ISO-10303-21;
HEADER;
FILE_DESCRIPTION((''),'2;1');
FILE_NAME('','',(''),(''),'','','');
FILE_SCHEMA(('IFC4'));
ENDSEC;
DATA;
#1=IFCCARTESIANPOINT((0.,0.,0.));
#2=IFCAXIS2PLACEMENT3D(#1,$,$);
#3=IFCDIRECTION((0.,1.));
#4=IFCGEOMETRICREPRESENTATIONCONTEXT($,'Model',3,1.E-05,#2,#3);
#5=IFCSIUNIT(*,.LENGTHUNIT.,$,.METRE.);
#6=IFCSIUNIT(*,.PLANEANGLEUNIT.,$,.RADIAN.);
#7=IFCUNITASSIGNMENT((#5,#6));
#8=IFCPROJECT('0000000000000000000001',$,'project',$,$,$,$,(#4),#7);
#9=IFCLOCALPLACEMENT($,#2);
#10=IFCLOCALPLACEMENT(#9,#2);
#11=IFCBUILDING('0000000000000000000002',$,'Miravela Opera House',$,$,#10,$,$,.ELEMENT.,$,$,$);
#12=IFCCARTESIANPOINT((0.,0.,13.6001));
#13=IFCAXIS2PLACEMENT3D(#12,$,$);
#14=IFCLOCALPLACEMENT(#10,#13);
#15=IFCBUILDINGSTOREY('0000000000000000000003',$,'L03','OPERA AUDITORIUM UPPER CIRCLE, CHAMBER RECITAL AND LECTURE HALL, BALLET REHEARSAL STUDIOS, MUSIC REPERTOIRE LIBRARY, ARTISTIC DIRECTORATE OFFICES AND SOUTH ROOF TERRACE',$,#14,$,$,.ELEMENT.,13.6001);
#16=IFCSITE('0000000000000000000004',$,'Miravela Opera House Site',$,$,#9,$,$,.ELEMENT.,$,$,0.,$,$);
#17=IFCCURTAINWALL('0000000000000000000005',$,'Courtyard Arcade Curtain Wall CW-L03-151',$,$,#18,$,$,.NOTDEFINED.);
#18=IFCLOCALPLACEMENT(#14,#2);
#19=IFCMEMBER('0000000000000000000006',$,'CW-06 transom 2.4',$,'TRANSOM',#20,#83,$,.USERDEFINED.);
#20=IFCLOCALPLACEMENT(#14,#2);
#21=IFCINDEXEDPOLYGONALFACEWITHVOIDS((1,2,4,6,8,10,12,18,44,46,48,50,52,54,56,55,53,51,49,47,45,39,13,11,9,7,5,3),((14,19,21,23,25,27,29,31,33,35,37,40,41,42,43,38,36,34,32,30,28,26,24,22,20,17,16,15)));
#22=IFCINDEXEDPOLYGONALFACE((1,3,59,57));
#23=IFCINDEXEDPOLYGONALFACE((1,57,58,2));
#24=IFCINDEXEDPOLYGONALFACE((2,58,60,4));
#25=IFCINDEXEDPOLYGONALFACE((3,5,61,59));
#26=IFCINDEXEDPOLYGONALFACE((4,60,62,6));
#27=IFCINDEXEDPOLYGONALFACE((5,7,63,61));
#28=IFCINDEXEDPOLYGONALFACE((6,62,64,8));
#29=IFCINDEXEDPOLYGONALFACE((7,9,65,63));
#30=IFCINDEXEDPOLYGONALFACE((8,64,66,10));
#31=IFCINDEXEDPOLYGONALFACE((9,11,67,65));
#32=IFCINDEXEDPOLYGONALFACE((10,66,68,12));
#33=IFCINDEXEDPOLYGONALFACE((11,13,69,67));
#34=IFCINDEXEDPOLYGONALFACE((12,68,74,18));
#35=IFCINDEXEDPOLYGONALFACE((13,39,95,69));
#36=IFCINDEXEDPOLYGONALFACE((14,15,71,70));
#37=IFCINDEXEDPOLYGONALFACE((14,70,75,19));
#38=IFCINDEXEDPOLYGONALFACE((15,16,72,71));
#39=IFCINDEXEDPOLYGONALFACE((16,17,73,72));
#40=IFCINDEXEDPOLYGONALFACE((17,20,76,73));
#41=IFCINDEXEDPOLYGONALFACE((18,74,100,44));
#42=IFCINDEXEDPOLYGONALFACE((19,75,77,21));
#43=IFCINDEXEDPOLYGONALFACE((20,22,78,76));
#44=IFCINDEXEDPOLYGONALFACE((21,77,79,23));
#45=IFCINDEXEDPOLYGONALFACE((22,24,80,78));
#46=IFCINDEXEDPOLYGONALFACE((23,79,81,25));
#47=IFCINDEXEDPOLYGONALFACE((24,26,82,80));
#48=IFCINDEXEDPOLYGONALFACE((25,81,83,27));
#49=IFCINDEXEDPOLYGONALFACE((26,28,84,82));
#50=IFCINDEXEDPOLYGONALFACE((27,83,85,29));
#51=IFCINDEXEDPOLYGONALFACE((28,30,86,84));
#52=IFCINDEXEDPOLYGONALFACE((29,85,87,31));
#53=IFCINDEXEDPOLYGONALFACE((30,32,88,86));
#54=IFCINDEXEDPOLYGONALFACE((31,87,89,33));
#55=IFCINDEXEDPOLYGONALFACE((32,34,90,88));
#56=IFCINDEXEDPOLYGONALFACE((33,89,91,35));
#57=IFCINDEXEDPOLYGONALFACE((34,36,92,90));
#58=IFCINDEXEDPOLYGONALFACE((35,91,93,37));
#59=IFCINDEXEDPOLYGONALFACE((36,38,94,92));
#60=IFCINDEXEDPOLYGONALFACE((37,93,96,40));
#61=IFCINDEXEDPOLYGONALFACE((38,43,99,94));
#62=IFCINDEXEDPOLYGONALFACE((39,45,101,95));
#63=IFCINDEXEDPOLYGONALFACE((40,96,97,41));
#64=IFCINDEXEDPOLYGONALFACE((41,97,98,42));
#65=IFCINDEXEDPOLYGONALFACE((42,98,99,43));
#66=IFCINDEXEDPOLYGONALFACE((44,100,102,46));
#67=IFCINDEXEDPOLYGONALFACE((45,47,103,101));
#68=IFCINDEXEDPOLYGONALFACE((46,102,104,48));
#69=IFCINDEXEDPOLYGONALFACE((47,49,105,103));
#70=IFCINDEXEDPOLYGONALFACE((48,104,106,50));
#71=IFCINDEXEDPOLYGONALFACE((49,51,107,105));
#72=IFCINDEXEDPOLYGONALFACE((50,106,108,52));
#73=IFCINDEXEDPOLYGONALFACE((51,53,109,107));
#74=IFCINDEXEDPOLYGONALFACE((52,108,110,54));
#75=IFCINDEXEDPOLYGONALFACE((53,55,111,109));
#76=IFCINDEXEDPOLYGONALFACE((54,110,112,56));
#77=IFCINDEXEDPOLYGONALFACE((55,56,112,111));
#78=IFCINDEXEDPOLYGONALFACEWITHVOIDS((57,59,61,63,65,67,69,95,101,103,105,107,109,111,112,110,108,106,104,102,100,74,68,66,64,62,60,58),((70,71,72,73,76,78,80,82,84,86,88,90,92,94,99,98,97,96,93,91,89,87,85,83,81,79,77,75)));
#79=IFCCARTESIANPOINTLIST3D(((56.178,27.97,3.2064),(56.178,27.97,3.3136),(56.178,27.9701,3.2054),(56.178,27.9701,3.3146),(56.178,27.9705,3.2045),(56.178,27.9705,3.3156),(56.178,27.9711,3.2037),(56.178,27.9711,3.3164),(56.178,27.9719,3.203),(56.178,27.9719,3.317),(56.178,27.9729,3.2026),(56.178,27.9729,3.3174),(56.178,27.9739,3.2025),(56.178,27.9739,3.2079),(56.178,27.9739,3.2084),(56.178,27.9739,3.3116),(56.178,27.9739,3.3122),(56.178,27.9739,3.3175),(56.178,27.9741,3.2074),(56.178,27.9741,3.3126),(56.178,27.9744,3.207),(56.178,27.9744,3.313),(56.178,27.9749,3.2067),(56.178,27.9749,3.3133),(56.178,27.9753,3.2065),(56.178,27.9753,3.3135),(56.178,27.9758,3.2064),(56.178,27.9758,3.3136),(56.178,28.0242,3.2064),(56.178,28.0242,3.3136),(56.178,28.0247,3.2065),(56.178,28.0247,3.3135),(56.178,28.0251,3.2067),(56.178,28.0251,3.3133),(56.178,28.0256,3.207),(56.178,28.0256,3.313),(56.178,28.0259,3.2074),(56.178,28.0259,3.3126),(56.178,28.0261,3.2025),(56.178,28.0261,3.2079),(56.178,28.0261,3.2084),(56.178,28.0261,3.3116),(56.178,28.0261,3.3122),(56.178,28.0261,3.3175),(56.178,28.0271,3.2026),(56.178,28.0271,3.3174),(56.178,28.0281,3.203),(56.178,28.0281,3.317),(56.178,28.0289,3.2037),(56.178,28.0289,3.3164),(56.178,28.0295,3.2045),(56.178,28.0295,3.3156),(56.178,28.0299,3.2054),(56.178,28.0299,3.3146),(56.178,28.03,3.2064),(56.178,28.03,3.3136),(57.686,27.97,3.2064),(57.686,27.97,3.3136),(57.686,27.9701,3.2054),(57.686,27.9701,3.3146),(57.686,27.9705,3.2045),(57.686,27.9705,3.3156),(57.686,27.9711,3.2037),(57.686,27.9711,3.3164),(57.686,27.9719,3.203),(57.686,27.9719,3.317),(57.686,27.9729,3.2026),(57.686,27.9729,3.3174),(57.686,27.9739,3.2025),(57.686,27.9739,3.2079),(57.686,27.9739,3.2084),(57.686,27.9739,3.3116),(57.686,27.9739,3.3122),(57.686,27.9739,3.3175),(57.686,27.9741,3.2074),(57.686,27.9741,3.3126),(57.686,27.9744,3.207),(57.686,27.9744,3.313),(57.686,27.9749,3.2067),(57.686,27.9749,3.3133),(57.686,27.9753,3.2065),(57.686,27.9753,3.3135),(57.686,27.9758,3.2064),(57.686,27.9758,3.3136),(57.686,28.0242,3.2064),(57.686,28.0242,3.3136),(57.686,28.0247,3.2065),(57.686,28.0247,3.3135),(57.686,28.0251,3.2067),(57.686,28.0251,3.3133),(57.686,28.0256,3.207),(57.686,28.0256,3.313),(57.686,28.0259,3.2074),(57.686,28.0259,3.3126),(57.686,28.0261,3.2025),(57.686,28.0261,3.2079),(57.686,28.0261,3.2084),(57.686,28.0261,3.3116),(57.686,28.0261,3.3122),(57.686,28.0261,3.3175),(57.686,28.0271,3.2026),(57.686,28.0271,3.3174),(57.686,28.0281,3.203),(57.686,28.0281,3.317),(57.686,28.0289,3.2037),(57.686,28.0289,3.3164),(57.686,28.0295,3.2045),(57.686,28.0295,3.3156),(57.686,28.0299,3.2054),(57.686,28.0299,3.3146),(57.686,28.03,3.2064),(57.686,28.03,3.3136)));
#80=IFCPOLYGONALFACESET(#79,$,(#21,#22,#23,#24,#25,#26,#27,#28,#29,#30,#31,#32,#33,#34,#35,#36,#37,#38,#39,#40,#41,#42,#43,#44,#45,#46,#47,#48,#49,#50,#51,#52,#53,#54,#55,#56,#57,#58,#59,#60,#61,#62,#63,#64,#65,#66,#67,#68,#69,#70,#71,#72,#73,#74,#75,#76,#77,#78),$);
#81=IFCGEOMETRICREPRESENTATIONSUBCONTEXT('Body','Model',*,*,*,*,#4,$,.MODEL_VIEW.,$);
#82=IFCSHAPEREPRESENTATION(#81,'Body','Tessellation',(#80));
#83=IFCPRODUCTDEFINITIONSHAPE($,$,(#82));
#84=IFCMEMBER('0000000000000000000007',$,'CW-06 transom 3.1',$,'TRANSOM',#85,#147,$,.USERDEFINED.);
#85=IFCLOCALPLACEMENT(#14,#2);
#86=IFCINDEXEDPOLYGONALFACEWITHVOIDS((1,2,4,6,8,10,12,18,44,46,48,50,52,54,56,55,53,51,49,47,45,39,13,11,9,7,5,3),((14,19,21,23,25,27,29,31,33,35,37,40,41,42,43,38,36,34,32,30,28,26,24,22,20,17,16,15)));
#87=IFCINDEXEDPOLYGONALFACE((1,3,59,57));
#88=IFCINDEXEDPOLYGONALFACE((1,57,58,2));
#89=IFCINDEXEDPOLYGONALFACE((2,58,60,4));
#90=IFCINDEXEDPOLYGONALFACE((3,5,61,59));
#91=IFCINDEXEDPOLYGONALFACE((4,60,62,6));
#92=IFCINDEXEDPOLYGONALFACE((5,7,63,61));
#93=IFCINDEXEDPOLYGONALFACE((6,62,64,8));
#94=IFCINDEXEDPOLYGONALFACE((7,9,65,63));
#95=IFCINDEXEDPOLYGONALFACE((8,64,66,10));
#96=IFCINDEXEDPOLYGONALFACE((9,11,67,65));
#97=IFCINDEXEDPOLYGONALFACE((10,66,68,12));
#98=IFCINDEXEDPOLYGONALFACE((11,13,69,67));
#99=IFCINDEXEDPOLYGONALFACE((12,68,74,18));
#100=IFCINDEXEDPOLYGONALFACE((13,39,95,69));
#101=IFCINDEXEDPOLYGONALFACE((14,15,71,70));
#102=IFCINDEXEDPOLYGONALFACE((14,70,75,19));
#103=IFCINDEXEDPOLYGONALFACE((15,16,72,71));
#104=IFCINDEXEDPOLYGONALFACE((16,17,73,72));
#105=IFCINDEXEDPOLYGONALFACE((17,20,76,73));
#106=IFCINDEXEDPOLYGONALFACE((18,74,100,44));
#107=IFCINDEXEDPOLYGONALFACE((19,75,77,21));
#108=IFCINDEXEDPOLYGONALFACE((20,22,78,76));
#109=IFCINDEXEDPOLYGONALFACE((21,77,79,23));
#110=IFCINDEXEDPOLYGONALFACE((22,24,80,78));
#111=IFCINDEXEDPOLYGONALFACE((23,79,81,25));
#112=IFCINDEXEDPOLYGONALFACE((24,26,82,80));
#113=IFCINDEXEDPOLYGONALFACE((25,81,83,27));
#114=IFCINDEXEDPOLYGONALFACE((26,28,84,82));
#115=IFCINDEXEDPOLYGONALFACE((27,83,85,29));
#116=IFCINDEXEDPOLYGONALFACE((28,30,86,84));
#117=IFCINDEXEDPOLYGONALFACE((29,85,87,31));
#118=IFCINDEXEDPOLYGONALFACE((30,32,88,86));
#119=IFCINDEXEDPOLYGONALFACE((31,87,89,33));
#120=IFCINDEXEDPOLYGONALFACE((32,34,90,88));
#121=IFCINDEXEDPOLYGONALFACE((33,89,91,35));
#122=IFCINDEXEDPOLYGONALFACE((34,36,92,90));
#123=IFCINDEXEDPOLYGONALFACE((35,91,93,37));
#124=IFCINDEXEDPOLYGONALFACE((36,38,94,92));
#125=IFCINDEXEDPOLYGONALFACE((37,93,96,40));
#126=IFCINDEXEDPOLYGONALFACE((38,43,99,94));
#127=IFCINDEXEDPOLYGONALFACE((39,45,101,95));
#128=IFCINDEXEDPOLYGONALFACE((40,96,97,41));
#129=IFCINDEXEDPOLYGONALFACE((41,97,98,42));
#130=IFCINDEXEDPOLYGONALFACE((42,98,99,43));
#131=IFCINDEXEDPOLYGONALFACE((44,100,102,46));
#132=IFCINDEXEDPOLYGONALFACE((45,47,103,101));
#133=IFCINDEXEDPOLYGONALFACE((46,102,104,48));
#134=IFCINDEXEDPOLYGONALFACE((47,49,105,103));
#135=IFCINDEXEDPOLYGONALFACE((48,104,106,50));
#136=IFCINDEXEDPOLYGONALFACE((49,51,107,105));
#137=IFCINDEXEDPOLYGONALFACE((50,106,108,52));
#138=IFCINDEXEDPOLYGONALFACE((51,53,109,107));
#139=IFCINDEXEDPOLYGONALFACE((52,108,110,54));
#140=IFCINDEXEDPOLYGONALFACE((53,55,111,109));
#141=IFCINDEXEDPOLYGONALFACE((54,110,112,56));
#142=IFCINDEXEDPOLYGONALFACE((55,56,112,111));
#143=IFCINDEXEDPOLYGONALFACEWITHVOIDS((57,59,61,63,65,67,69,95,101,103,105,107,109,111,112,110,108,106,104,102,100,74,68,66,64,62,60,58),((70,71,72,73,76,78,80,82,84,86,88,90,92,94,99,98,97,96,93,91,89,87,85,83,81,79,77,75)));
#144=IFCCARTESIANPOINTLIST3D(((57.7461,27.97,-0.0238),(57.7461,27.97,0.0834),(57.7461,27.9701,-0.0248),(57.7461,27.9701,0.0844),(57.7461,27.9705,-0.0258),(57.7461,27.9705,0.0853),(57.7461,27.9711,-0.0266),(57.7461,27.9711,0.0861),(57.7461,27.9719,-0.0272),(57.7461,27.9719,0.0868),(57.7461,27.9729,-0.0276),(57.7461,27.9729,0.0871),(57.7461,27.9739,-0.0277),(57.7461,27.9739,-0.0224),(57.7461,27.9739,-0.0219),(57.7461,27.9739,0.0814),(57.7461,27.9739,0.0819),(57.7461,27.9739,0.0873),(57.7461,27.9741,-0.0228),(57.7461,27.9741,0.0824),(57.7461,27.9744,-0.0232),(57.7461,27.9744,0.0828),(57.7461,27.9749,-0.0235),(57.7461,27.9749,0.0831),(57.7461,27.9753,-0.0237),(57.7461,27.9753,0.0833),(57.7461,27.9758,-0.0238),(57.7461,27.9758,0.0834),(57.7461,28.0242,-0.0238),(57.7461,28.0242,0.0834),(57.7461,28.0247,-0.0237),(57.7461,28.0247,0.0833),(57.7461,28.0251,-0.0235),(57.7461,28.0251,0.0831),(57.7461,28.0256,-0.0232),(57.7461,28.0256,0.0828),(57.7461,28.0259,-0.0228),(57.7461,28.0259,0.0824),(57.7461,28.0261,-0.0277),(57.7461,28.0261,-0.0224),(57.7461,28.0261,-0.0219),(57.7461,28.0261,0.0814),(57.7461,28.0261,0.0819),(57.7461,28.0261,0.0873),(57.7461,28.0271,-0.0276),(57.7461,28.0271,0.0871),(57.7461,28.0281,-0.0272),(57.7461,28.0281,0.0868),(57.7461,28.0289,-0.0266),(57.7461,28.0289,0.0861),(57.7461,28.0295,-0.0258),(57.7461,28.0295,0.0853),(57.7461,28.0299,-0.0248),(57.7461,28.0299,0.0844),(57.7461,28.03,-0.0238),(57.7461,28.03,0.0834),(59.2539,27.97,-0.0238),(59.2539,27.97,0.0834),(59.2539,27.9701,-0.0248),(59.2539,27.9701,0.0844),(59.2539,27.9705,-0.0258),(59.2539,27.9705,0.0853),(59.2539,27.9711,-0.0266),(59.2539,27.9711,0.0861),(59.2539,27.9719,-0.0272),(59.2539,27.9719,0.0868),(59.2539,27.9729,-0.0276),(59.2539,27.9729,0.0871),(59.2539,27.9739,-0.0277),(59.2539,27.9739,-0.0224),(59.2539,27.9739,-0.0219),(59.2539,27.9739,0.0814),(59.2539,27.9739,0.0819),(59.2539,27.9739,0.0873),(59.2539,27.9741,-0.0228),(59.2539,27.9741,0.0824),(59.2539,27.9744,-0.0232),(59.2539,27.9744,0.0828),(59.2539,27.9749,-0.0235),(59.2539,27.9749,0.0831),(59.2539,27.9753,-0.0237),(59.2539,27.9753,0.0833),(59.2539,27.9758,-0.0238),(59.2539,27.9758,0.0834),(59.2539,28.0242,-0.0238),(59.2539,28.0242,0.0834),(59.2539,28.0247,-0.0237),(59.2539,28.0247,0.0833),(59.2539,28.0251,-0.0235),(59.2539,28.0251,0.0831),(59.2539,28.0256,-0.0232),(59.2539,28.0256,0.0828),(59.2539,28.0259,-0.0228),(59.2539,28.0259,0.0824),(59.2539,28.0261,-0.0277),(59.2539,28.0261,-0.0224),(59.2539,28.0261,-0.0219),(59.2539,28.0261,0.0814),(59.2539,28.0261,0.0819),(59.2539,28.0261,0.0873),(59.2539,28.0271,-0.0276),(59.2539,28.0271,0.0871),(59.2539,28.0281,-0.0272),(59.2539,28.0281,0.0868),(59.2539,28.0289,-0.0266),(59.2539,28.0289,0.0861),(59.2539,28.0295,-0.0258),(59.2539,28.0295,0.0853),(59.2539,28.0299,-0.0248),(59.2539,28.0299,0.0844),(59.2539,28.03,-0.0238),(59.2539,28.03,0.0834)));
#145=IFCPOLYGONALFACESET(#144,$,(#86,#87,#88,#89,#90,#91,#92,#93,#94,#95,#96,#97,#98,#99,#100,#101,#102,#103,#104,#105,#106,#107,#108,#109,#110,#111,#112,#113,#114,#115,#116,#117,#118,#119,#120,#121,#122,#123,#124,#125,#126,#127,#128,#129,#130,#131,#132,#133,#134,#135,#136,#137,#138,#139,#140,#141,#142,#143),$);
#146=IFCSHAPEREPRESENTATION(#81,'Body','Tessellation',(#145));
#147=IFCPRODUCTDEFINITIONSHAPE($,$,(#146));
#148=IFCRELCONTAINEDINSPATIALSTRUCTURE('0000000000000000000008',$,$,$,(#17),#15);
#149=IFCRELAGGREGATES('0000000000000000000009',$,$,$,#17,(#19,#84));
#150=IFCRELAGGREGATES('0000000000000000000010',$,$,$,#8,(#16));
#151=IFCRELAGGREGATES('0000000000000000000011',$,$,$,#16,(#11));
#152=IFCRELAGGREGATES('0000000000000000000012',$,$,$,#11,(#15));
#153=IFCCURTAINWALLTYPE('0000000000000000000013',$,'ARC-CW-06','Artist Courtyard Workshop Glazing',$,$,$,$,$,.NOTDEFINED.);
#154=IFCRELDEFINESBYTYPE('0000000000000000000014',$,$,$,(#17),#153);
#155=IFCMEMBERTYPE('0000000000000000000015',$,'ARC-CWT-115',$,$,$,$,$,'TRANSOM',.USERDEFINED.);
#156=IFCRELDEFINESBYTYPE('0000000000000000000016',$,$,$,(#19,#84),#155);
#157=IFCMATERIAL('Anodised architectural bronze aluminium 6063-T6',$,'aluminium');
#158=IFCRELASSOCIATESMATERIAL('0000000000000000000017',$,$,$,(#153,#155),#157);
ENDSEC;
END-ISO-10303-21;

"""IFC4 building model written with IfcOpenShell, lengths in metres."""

from ifc_helpers import new_model, si_unit, direction, frame, origin, origin_2d, place, context, subcontext, project, spatial, hollow_rectangle, extrude, material, material_profile, profile_set, type_object, element, aggregate, save


model = new_model("IFC4")

# Units and contexts
model_context = context("Model", 3, precision=1e-05, world=origin(), true_north=direction((0.0, 1.0)))
body_context = subcontext(model_context, "Body", "Model", "MODEL_VIEW")
ifc_project = project(units=[si_unit("LENGTHUNIT", "METRE"), si_unit("PLANEANGLEUNIT", "RADIAN")], contexts=[model_context])

# Site, building, storey
site_placement = place(None, origin())
site = spatial("IfcSite", under=ifc_project, at=site_placement, Name="Miravela Opera House Site", CompositionType="ELEMENT", RefElevation=0.0)
building_placement = place(site_placement, origin())
building = spatial("IfcBuilding", under=site, at=building_placement, Name="Miravela Opera House", CompositionType="ELEMENT")
storey_placement = place(building_placement, frame((0.0, 0.0, 13.6001)))
storey = spatial("IfcBuildingStorey", under=building, at=storey_placement, Name="L03", Description="OPERA AUDITORIUM UPPER CIRCLE, CHAMBER RECITAL AND LECTURE HALL, BALLET REHEARSAL STUDIOS, MUSIC REPERTOIRE LIBRARY, ARTISTIC DIRECTORATE OFFICES AND SOUTH ROOF TERRACE", CompositionType="ELEMENT", Elevation=13.6001)

# Shared definitions
ifc_material_1 = material(Name="Anodised architectural bronze aluminium 6063-T6", Category="aluminium")
curtain_wall_type = type_object("IfcCurtainWallType", Name="ARC-CW-06", Description="Artist Courtyard Workshop Glazing", PredefinedType="NOTDEFINED", material=ifc_material_1)

# Curtain wall
curtain_wall_1_placement = place(storey_placement, origin())
curtain_wall_1 = element("IfcCurtainWall", 1, at=curtain_wall_1_placement, inside=storey, type_object=curtain_wall_type, Name="Courtyard Arcade Curtain Wall CW-L03-151", PredefinedType="NOTDEFINED")

# Members
ifc_material_profile_1 = material_profile(ifc_material_1, hollow_rectangle(XDim=0.0601, YDim=0.115, WallThickness=0.0039, InnerFilletRadius=0.002, OuterFilletRadius=0.0039, at=origin_2d()), Name="CWT-60X115")
ifc_profile_set_1 = profile_set([ifc_material_profile_1])
member_type_1 = type_object("IfcMemberType", Name="ARC-CWT-115", ElementType="TRANSOM", PredefinedType="USERDEFINED", material=ifc_profile_set_1)
member_1_placement = place(storey_placement, frame((56.178, 28.0, 3.26), z_axis=(1.0, 0.0, 0.0), x_axis=(0.0, 1.0, 0.0)))
member_1 = element("IfcMember", 2, at=member_1_placement, type_object=member_type_1, Name="CW-06 transom 2.4", ObjectType="TRANSOM", PredefinedType="USERDEFINED", context=body_context, shape_type="SweptSolid", body=[
    extrude(hollow_rectangle(XDim=0.0601, YDim=0.115, WallThickness=0.0039, InnerFilletRadius=0.002, OuterFilletRadius=0.0039, at=origin_2d()), origin(), (0.0, 0.0, 1.0), 1.5081),
])
member_2_placement = place(storey_placement, frame((57.7461, 28.0, 0.0298), z_axis=(1.0, 0.0, 0.0), x_axis=(0.0, 1.0, 0.0)))
member_2 = element("IfcMember", 3, at=member_2_placement, type_object=member_type_1, Name="CW-06 transom 3.1", ObjectType="TRANSOM", PredefinedType="USERDEFINED", context=body_context, shape_type="SweptSolid", body=[
    extrude(hollow_rectangle(XDim=0.0601, YDim=0.115, WallThickness=0.0039, InnerFilletRadius=0.002, OuterFilletRadius=0.0039, at=origin_2d()), origin(), (0.0, 0.0, 1.0), 1.5078),
])

aggregate(curtain_wall_1, [member_1, member_2])

save(model, "model.ifc")
